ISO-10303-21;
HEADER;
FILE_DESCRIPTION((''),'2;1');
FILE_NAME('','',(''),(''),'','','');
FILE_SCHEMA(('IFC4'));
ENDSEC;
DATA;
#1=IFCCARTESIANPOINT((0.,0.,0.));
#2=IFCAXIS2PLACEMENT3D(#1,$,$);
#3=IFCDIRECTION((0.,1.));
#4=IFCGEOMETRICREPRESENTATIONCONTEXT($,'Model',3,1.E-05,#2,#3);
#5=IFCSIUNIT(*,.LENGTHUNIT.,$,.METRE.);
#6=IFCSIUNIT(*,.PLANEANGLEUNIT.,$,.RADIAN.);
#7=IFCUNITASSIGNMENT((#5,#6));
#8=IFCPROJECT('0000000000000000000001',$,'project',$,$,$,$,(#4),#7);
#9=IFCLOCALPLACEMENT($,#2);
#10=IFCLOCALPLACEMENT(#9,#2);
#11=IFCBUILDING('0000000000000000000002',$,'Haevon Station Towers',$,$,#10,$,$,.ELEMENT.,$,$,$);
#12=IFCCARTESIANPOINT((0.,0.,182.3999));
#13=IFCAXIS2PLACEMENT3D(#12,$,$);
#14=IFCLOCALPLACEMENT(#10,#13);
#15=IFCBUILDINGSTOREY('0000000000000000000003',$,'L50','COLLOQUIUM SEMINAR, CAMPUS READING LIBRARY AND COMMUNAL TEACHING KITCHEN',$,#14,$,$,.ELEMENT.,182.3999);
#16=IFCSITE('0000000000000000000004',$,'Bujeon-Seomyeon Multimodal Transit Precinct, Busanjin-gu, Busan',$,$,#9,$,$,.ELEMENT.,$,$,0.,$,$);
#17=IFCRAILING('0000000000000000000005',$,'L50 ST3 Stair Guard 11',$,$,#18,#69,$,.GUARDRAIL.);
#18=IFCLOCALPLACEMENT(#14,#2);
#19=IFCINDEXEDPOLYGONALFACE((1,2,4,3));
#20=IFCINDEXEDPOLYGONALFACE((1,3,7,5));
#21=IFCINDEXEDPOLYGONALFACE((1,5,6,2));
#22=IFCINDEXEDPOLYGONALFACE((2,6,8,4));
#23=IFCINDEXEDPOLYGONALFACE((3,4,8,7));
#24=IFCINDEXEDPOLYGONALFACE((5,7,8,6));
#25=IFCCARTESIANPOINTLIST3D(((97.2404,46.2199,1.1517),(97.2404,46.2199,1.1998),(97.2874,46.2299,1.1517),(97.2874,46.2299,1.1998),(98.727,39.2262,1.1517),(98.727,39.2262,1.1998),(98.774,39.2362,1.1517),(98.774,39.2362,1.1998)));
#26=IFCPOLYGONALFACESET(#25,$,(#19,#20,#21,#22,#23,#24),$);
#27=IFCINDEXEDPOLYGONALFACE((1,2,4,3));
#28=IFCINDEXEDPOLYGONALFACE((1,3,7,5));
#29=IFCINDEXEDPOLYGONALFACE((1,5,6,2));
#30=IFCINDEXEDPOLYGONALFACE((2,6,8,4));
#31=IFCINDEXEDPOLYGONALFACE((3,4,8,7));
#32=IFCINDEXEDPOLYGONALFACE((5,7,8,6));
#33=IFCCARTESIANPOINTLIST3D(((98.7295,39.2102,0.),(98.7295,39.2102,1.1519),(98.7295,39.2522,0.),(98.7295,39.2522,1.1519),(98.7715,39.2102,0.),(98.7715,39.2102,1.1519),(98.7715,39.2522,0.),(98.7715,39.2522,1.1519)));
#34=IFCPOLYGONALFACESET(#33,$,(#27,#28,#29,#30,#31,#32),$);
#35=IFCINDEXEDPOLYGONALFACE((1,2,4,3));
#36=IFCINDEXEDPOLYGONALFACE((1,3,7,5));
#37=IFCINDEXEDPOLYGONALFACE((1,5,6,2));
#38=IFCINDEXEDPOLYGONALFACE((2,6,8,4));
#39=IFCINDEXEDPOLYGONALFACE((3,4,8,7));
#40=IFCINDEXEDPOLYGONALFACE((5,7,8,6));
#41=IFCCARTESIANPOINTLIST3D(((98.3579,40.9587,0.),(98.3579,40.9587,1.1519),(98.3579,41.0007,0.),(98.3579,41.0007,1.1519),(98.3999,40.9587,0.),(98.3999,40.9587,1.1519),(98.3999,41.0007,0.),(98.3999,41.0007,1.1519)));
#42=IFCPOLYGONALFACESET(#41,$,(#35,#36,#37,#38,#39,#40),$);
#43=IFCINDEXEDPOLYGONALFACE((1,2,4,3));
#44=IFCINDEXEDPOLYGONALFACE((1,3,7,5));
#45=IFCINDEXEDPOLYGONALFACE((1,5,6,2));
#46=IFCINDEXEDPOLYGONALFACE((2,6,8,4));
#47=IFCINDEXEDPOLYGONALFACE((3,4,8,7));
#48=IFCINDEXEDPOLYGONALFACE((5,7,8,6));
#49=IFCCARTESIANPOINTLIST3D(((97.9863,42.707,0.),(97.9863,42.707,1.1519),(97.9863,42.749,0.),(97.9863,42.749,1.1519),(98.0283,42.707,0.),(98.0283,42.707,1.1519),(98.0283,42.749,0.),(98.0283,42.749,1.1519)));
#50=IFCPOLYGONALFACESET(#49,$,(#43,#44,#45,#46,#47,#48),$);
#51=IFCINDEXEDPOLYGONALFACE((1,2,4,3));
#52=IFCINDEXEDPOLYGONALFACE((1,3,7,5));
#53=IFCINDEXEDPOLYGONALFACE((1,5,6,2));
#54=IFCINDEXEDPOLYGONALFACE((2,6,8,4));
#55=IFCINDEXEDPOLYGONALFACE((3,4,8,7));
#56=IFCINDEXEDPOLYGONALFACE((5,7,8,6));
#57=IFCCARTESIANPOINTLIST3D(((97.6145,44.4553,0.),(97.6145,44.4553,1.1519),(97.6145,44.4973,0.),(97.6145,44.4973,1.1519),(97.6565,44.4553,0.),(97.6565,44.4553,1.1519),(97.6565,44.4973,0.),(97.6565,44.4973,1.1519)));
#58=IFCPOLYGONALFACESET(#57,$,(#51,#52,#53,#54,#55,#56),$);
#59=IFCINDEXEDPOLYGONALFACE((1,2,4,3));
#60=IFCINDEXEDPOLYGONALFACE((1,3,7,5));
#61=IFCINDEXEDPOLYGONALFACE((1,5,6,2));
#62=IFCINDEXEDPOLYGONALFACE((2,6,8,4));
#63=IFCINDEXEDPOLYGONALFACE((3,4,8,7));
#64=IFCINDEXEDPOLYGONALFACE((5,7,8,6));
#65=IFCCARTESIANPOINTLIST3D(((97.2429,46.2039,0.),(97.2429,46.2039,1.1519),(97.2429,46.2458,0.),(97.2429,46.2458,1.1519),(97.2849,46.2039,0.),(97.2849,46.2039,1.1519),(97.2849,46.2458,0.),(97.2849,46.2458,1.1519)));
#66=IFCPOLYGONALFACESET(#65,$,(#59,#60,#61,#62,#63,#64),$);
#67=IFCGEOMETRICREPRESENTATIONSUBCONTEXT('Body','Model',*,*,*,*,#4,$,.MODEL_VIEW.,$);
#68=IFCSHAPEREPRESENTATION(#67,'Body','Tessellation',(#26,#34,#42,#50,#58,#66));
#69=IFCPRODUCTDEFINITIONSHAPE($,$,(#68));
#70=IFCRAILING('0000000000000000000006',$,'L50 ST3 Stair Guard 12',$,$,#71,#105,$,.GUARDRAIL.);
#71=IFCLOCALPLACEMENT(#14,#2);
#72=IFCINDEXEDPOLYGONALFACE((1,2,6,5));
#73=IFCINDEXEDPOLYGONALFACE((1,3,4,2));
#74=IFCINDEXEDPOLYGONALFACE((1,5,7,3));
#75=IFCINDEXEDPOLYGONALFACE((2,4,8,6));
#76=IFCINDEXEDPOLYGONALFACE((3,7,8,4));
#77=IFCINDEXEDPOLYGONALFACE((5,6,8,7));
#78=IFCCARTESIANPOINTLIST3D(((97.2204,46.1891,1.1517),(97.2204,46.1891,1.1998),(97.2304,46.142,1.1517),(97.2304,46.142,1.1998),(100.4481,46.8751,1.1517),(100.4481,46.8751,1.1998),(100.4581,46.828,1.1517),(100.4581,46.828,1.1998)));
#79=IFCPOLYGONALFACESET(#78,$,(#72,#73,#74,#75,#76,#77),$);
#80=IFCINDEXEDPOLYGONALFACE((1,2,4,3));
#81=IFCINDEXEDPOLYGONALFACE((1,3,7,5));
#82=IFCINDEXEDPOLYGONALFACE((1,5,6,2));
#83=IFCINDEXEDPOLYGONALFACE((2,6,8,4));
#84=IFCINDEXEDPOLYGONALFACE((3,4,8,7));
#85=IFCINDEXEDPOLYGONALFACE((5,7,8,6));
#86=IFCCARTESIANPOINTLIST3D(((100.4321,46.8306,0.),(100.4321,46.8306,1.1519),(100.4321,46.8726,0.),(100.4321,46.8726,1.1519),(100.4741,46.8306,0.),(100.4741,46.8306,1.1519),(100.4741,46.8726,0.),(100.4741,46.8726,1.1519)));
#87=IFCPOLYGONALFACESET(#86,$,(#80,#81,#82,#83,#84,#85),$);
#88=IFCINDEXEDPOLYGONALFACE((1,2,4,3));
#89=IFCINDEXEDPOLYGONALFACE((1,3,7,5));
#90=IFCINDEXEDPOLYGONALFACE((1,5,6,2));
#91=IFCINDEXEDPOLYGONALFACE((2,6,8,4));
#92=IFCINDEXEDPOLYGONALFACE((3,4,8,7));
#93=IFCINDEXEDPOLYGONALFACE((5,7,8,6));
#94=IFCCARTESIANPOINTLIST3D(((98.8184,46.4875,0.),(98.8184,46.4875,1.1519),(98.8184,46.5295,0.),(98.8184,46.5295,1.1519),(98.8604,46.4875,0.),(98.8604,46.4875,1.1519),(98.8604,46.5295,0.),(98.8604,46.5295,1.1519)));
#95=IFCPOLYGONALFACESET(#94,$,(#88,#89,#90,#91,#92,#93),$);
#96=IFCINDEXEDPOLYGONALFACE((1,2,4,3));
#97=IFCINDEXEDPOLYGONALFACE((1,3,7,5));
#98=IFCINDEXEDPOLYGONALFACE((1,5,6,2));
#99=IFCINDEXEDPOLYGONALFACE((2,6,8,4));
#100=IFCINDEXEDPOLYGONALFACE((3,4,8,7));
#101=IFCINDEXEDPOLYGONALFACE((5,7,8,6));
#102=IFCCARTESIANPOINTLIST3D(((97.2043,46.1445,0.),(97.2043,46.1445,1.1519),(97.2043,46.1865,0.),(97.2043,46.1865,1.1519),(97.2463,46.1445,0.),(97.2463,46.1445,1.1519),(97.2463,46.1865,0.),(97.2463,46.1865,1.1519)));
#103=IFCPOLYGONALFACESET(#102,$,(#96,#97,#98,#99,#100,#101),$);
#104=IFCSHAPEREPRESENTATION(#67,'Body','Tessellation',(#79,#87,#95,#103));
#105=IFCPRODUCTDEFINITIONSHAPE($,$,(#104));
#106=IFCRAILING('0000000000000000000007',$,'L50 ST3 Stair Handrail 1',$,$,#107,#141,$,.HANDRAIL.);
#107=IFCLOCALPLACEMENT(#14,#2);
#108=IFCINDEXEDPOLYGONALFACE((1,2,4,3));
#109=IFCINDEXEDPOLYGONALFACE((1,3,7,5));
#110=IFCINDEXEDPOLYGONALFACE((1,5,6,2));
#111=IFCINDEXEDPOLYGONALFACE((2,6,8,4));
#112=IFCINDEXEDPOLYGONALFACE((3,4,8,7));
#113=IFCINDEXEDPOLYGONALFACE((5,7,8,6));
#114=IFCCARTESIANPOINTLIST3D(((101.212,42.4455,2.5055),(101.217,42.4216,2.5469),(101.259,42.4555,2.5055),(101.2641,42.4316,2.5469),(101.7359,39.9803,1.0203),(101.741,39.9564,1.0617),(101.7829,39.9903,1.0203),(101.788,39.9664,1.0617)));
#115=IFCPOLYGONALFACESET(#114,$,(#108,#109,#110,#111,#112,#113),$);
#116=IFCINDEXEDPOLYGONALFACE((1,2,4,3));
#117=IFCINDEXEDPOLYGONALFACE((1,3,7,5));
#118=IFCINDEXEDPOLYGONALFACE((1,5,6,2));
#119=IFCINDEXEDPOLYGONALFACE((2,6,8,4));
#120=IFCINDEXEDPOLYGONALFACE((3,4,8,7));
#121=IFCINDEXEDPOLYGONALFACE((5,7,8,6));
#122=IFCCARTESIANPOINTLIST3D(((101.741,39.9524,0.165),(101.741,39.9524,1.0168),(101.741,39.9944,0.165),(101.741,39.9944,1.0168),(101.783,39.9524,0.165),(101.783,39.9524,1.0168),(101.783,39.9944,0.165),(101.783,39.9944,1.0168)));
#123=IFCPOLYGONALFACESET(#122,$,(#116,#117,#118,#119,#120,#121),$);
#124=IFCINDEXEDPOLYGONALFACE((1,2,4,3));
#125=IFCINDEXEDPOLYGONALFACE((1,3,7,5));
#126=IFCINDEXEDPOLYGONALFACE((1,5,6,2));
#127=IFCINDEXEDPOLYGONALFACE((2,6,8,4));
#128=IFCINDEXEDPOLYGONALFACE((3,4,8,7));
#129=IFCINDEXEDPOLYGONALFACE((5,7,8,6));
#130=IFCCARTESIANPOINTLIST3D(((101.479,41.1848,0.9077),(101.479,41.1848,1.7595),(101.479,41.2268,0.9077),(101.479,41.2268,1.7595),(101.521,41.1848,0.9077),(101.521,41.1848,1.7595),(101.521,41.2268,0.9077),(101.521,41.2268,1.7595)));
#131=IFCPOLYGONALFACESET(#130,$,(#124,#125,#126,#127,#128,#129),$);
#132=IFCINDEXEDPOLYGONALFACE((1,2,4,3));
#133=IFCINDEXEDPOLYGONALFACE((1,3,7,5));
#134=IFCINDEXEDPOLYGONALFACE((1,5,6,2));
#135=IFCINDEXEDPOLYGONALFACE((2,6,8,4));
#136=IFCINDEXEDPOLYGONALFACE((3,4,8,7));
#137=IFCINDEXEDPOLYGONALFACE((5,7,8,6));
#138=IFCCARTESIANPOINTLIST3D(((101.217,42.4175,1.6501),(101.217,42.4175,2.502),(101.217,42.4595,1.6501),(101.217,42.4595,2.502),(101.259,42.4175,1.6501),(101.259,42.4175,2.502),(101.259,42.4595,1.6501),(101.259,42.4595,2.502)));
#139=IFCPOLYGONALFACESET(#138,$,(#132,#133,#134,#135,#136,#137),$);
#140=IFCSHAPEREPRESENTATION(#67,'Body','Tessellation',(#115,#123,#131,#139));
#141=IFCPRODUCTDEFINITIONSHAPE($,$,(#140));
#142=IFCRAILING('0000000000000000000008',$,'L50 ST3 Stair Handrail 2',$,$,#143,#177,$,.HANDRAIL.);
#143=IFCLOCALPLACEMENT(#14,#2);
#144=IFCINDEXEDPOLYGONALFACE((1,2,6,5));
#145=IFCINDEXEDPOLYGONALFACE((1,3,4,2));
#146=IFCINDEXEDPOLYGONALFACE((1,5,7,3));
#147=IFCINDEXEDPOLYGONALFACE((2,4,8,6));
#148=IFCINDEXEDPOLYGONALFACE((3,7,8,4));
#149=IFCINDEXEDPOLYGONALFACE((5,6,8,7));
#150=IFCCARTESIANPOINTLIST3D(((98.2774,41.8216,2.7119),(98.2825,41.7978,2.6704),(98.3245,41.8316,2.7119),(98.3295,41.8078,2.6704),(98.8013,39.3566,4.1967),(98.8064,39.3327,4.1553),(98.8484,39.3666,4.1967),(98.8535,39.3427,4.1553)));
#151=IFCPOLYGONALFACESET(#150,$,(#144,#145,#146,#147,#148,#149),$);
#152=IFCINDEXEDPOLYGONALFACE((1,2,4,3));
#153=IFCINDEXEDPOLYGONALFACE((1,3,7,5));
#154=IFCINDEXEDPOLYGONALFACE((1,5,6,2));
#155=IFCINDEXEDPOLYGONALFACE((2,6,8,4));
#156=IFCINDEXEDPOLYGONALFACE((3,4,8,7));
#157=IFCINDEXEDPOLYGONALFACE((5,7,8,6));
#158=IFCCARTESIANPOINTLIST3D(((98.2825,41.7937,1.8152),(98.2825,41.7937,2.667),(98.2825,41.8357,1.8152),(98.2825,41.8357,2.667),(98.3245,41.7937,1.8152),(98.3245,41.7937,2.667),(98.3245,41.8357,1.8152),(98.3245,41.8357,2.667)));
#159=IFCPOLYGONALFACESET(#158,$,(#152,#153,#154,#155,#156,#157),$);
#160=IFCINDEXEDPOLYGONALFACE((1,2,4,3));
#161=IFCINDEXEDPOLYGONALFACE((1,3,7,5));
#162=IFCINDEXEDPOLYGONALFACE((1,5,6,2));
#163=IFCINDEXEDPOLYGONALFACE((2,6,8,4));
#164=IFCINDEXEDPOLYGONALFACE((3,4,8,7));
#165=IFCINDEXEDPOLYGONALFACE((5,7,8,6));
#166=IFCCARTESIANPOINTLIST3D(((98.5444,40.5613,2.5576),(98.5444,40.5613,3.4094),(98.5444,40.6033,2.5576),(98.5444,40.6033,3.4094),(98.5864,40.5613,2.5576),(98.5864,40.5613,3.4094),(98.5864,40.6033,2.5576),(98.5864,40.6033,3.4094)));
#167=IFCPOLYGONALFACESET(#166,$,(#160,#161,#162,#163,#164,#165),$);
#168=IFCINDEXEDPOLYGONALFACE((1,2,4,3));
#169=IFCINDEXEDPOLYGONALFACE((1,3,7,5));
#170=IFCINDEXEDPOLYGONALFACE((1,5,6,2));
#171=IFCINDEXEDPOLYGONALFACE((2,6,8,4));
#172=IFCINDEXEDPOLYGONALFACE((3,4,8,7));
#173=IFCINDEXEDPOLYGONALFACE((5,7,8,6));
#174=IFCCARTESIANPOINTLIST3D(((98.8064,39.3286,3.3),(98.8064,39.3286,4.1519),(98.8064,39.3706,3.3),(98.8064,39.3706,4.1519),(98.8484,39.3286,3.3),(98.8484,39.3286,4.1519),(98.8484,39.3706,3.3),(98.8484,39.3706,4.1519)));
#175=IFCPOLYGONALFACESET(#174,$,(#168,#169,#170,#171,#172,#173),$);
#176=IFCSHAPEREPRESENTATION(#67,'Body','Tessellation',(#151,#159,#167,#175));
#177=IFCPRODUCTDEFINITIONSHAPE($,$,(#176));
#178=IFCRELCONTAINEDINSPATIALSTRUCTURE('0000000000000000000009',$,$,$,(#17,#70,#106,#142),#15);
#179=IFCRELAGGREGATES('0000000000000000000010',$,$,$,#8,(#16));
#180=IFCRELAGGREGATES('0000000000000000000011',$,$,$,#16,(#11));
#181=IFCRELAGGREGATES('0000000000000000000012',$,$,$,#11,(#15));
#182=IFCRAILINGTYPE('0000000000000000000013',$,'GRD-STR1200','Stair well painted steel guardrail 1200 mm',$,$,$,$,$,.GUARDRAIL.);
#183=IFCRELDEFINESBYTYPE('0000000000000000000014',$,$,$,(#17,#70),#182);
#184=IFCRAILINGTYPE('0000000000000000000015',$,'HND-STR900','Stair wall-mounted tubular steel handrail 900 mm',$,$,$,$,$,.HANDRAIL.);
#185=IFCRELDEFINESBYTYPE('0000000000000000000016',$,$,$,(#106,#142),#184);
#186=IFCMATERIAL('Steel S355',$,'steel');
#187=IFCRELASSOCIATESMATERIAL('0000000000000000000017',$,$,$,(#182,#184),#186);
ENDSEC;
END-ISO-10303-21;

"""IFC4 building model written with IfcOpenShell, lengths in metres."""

from ifc_helpers import new_model, si_unit, direction, frame, origin, origin_2d, place, context, subcontext, project, spatial, rectangle, extrude, material, type_object, element, save


model = new_model("IFC4")

# Units and contexts
model_context = context("Model", 3, precision=1e-05, world=origin(), true_north=direction((0.0, 1.0)))
body_context = subcontext(model_context, "Body", "Model", "MODEL_VIEW")
ifc_project = project(units=[si_unit("LENGTHUNIT", "METRE"), si_unit("PLANEANGLEUNIT", "RADIAN")], contexts=[model_context])

# Site, building, storey
site_placement = place(None, origin())
site = spatial("IfcSite", under=ifc_project, at=site_placement, Name="Bujeon-Seomyeon Multimodal Transit Precinct, Busanjin-gu, Busan", CompositionType="ELEMENT", RefElevation=0.0)
building_placement = place(site_placement, origin())
building = spatial("IfcBuilding", under=site, at=building_placement, Name="Haevon Station Towers", CompositionType="ELEMENT")
storey_placement = place(building_placement, frame((0.0, 0.0, 182.3999)))
storey = spatial("IfcBuildingStorey", under=building, at=storey_placement, Name="L50", Description="COLLOQUIUM SEMINAR, CAMPUS READING LIBRARY AND COMMUNAL TEACHING KITCHEN", CompositionType="ELEMENT", Elevation=182.3999)

# Shared definitions
ifc_material_1 = material(Name="Steel S355", Category="steel")

# Railings
railing_type_1 = type_object("IfcRailingType", Name="GRD-STR1200", Description="Stair well painted steel guardrail 1200 mm", PredefinedType="GUARDRAIL", material=ifc_material_1)
railing_1_placement = place(storey_placement, frame((98.7505, 39.2312, 0.0)))
element("IfcRailing", 1, at=railing_1_placement, inside=storey, type_object=railing_type_1, Name="L50 ST3 Stair Guard 11", PredefinedType="GUARDRAIL", context=body_context, shape_type="SweptSolid", body=[
    extrude(rectangle(XDim=0.0481, YDim=0.0481, at=origin_2d()), frame((0.0, 0.0, 1.1758), z_axis=(-0.207915, 0.978147, 0.0), x_axis=(-0.978147, -0.207915, 0.0)), (0.0, 0.0, 1.0), 7.1499),
    extrude(rectangle(XDim=0.042, YDim=0.042, at=origin_2d()), origin(), (0.0, 0.0, 1.0), 1.1519),
    extrude(rectangle(XDim=0.042, YDim=0.042, at=origin_2d()), frame((-0.3716, 1.7485, 0.0)), (0.0, 0.0, 1.0), 1.1519),
    extrude(rectangle(XDim=0.042, YDim=0.042, at=origin_2d()), frame((-0.7432, 3.4968, 0.0)), (0.0, 0.0, 1.0), 1.1519),
    extrude(rectangle(XDim=0.042, YDim=0.042, at=origin_2d()), frame((-1.115, 5.2451, 0.0)), (0.0, 0.0, 1.0), 1.1519),
    extrude(rectangle(XDim=0.042, YDim=0.042, at=origin_2d()), frame((-1.4866, 6.9937, 0.0)), (0.0, 0.0, 1.0), 1.1519),
])
railing_2_placement = place(storey_placement, frame((100.4531, 46.8516, 0.0)))
element("IfcRailing", 2, at=railing_2_placement, inside=storey, type_object=railing_type_1, Name="L50 ST3 Stair Guard 12", PredefinedType="GUARDRAIL", context=body_context, shape_type="SweptSolid", body=[
    extrude(rectangle(XDim=0.0481, YDim=0.0481, at=origin_2d()), frame((0.0, 0.0, 1.1758), z_axis=(-0.978151, -0.207897, 0.0), x_axis=(0.207897, -0.978151, 0.0)), (0.0, 0.0, 1.0), 3.2998),
    extrude(rectangle(XDim=0.042, YDim=0.042, at=origin_2d()), origin(), (0.0, 0.0, 1.0), 1.1519),
    extrude(rectangle(XDim=0.042, YDim=0.042, at=origin_2d()), frame((-1.6138, -0.343, 0.0)), (0.0, 0.0, 1.0), 1.1519),
    extrude(rectangle(XDim=0.042, YDim=0.042, at=origin_2d()), frame((-3.2278, -0.686, 0.0)), (0.0, 0.0, 1.0), 1.1519),
])
railing_type_2 = type_object("IfcRailingType", Name="HND-STR900", Description="Stair wall-mounted tubular steel handrail 900 mm", PredefinedType="HANDRAIL", material=ifc_material_1)
railing_3_placement = place(storey_placement, frame((101.762, 39.9734, 0.165)))
element("IfcRailing", 3, at=railing_3_placement, inside=storey, type_object=railing_type_2, Name="L50 ST3 Stair Handrail 1", PredefinedType="HANDRAIL", context=body_context, shape_type="SweptSolid", body=[
    extrude(rectangle(XDim=0.0481, YDim=0.0481, at=origin_2d()), frame((0.0, 0.0, 0.876), z_axis=(-0.179109, 0.842712, 0.507697), x_axis=(-0.978151, -0.207895, 0.0)), (0.0, 0.0, 1.0), 2.9253),
    extrude(rectangle(XDim=0.042, YDim=0.042, at=origin_2d()), origin(), (0.0, 0.0, 1.0), 0.8518),
    extrude(rectangle(XDim=0.042, YDim=0.042, at=origin_2d()), frame((-0.262, 1.2324, 0.7427)), (0.0, 0.0, 1.0), 0.8518),
    extrude(rectangle(XDim=0.042, YDim=0.042, at=origin_2d()), frame((-0.5239, 2.4651, 1.4851)), (0.0, 0.0, 1.0), 0.8518),
])
railing_4_placement = place(storey_placement, frame((98.3035, 41.8147, 1.8152)))
element("IfcRailing", 4, at=railing_4_placement, inside=storey, type_object=railing_type_2, Name="L50 ST3 Stair Handrail 2", PredefinedType="HANDRAIL", context=body_context, shape_type="SweptSolid", body=[
    extrude(rectangle(XDim=0.0481, YDim=0.0481, at=origin_2d()), frame((0.0, 0.0, 0.876), z_axis=(0.179116, -0.842748, 0.507635), x_axis=(0.978151, 0.207895, 0.0)), (0.0, 0.0, 1.0), 2.925),
    extrude(rectangle(XDim=0.042, YDim=0.042, at=origin_2d()), origin(), (0.0, 0.0, 1.0), 0.8518),
    extrude(rectangle(XDim=0.042, YDim=0.042, at=origin_2d()), frame((0.262, -1.2324, 0.7424)), (0.0, 0.0, 1.0), 0.8518),
    extrude(rectangle(XDim=0.042, YDim=0.042, at=origin_2d()), frame((0.5239, -2.4651, 1.4849)), (0.0, 0.0, 1.0), 0.8518),
])

save(model, "model.ifc")
